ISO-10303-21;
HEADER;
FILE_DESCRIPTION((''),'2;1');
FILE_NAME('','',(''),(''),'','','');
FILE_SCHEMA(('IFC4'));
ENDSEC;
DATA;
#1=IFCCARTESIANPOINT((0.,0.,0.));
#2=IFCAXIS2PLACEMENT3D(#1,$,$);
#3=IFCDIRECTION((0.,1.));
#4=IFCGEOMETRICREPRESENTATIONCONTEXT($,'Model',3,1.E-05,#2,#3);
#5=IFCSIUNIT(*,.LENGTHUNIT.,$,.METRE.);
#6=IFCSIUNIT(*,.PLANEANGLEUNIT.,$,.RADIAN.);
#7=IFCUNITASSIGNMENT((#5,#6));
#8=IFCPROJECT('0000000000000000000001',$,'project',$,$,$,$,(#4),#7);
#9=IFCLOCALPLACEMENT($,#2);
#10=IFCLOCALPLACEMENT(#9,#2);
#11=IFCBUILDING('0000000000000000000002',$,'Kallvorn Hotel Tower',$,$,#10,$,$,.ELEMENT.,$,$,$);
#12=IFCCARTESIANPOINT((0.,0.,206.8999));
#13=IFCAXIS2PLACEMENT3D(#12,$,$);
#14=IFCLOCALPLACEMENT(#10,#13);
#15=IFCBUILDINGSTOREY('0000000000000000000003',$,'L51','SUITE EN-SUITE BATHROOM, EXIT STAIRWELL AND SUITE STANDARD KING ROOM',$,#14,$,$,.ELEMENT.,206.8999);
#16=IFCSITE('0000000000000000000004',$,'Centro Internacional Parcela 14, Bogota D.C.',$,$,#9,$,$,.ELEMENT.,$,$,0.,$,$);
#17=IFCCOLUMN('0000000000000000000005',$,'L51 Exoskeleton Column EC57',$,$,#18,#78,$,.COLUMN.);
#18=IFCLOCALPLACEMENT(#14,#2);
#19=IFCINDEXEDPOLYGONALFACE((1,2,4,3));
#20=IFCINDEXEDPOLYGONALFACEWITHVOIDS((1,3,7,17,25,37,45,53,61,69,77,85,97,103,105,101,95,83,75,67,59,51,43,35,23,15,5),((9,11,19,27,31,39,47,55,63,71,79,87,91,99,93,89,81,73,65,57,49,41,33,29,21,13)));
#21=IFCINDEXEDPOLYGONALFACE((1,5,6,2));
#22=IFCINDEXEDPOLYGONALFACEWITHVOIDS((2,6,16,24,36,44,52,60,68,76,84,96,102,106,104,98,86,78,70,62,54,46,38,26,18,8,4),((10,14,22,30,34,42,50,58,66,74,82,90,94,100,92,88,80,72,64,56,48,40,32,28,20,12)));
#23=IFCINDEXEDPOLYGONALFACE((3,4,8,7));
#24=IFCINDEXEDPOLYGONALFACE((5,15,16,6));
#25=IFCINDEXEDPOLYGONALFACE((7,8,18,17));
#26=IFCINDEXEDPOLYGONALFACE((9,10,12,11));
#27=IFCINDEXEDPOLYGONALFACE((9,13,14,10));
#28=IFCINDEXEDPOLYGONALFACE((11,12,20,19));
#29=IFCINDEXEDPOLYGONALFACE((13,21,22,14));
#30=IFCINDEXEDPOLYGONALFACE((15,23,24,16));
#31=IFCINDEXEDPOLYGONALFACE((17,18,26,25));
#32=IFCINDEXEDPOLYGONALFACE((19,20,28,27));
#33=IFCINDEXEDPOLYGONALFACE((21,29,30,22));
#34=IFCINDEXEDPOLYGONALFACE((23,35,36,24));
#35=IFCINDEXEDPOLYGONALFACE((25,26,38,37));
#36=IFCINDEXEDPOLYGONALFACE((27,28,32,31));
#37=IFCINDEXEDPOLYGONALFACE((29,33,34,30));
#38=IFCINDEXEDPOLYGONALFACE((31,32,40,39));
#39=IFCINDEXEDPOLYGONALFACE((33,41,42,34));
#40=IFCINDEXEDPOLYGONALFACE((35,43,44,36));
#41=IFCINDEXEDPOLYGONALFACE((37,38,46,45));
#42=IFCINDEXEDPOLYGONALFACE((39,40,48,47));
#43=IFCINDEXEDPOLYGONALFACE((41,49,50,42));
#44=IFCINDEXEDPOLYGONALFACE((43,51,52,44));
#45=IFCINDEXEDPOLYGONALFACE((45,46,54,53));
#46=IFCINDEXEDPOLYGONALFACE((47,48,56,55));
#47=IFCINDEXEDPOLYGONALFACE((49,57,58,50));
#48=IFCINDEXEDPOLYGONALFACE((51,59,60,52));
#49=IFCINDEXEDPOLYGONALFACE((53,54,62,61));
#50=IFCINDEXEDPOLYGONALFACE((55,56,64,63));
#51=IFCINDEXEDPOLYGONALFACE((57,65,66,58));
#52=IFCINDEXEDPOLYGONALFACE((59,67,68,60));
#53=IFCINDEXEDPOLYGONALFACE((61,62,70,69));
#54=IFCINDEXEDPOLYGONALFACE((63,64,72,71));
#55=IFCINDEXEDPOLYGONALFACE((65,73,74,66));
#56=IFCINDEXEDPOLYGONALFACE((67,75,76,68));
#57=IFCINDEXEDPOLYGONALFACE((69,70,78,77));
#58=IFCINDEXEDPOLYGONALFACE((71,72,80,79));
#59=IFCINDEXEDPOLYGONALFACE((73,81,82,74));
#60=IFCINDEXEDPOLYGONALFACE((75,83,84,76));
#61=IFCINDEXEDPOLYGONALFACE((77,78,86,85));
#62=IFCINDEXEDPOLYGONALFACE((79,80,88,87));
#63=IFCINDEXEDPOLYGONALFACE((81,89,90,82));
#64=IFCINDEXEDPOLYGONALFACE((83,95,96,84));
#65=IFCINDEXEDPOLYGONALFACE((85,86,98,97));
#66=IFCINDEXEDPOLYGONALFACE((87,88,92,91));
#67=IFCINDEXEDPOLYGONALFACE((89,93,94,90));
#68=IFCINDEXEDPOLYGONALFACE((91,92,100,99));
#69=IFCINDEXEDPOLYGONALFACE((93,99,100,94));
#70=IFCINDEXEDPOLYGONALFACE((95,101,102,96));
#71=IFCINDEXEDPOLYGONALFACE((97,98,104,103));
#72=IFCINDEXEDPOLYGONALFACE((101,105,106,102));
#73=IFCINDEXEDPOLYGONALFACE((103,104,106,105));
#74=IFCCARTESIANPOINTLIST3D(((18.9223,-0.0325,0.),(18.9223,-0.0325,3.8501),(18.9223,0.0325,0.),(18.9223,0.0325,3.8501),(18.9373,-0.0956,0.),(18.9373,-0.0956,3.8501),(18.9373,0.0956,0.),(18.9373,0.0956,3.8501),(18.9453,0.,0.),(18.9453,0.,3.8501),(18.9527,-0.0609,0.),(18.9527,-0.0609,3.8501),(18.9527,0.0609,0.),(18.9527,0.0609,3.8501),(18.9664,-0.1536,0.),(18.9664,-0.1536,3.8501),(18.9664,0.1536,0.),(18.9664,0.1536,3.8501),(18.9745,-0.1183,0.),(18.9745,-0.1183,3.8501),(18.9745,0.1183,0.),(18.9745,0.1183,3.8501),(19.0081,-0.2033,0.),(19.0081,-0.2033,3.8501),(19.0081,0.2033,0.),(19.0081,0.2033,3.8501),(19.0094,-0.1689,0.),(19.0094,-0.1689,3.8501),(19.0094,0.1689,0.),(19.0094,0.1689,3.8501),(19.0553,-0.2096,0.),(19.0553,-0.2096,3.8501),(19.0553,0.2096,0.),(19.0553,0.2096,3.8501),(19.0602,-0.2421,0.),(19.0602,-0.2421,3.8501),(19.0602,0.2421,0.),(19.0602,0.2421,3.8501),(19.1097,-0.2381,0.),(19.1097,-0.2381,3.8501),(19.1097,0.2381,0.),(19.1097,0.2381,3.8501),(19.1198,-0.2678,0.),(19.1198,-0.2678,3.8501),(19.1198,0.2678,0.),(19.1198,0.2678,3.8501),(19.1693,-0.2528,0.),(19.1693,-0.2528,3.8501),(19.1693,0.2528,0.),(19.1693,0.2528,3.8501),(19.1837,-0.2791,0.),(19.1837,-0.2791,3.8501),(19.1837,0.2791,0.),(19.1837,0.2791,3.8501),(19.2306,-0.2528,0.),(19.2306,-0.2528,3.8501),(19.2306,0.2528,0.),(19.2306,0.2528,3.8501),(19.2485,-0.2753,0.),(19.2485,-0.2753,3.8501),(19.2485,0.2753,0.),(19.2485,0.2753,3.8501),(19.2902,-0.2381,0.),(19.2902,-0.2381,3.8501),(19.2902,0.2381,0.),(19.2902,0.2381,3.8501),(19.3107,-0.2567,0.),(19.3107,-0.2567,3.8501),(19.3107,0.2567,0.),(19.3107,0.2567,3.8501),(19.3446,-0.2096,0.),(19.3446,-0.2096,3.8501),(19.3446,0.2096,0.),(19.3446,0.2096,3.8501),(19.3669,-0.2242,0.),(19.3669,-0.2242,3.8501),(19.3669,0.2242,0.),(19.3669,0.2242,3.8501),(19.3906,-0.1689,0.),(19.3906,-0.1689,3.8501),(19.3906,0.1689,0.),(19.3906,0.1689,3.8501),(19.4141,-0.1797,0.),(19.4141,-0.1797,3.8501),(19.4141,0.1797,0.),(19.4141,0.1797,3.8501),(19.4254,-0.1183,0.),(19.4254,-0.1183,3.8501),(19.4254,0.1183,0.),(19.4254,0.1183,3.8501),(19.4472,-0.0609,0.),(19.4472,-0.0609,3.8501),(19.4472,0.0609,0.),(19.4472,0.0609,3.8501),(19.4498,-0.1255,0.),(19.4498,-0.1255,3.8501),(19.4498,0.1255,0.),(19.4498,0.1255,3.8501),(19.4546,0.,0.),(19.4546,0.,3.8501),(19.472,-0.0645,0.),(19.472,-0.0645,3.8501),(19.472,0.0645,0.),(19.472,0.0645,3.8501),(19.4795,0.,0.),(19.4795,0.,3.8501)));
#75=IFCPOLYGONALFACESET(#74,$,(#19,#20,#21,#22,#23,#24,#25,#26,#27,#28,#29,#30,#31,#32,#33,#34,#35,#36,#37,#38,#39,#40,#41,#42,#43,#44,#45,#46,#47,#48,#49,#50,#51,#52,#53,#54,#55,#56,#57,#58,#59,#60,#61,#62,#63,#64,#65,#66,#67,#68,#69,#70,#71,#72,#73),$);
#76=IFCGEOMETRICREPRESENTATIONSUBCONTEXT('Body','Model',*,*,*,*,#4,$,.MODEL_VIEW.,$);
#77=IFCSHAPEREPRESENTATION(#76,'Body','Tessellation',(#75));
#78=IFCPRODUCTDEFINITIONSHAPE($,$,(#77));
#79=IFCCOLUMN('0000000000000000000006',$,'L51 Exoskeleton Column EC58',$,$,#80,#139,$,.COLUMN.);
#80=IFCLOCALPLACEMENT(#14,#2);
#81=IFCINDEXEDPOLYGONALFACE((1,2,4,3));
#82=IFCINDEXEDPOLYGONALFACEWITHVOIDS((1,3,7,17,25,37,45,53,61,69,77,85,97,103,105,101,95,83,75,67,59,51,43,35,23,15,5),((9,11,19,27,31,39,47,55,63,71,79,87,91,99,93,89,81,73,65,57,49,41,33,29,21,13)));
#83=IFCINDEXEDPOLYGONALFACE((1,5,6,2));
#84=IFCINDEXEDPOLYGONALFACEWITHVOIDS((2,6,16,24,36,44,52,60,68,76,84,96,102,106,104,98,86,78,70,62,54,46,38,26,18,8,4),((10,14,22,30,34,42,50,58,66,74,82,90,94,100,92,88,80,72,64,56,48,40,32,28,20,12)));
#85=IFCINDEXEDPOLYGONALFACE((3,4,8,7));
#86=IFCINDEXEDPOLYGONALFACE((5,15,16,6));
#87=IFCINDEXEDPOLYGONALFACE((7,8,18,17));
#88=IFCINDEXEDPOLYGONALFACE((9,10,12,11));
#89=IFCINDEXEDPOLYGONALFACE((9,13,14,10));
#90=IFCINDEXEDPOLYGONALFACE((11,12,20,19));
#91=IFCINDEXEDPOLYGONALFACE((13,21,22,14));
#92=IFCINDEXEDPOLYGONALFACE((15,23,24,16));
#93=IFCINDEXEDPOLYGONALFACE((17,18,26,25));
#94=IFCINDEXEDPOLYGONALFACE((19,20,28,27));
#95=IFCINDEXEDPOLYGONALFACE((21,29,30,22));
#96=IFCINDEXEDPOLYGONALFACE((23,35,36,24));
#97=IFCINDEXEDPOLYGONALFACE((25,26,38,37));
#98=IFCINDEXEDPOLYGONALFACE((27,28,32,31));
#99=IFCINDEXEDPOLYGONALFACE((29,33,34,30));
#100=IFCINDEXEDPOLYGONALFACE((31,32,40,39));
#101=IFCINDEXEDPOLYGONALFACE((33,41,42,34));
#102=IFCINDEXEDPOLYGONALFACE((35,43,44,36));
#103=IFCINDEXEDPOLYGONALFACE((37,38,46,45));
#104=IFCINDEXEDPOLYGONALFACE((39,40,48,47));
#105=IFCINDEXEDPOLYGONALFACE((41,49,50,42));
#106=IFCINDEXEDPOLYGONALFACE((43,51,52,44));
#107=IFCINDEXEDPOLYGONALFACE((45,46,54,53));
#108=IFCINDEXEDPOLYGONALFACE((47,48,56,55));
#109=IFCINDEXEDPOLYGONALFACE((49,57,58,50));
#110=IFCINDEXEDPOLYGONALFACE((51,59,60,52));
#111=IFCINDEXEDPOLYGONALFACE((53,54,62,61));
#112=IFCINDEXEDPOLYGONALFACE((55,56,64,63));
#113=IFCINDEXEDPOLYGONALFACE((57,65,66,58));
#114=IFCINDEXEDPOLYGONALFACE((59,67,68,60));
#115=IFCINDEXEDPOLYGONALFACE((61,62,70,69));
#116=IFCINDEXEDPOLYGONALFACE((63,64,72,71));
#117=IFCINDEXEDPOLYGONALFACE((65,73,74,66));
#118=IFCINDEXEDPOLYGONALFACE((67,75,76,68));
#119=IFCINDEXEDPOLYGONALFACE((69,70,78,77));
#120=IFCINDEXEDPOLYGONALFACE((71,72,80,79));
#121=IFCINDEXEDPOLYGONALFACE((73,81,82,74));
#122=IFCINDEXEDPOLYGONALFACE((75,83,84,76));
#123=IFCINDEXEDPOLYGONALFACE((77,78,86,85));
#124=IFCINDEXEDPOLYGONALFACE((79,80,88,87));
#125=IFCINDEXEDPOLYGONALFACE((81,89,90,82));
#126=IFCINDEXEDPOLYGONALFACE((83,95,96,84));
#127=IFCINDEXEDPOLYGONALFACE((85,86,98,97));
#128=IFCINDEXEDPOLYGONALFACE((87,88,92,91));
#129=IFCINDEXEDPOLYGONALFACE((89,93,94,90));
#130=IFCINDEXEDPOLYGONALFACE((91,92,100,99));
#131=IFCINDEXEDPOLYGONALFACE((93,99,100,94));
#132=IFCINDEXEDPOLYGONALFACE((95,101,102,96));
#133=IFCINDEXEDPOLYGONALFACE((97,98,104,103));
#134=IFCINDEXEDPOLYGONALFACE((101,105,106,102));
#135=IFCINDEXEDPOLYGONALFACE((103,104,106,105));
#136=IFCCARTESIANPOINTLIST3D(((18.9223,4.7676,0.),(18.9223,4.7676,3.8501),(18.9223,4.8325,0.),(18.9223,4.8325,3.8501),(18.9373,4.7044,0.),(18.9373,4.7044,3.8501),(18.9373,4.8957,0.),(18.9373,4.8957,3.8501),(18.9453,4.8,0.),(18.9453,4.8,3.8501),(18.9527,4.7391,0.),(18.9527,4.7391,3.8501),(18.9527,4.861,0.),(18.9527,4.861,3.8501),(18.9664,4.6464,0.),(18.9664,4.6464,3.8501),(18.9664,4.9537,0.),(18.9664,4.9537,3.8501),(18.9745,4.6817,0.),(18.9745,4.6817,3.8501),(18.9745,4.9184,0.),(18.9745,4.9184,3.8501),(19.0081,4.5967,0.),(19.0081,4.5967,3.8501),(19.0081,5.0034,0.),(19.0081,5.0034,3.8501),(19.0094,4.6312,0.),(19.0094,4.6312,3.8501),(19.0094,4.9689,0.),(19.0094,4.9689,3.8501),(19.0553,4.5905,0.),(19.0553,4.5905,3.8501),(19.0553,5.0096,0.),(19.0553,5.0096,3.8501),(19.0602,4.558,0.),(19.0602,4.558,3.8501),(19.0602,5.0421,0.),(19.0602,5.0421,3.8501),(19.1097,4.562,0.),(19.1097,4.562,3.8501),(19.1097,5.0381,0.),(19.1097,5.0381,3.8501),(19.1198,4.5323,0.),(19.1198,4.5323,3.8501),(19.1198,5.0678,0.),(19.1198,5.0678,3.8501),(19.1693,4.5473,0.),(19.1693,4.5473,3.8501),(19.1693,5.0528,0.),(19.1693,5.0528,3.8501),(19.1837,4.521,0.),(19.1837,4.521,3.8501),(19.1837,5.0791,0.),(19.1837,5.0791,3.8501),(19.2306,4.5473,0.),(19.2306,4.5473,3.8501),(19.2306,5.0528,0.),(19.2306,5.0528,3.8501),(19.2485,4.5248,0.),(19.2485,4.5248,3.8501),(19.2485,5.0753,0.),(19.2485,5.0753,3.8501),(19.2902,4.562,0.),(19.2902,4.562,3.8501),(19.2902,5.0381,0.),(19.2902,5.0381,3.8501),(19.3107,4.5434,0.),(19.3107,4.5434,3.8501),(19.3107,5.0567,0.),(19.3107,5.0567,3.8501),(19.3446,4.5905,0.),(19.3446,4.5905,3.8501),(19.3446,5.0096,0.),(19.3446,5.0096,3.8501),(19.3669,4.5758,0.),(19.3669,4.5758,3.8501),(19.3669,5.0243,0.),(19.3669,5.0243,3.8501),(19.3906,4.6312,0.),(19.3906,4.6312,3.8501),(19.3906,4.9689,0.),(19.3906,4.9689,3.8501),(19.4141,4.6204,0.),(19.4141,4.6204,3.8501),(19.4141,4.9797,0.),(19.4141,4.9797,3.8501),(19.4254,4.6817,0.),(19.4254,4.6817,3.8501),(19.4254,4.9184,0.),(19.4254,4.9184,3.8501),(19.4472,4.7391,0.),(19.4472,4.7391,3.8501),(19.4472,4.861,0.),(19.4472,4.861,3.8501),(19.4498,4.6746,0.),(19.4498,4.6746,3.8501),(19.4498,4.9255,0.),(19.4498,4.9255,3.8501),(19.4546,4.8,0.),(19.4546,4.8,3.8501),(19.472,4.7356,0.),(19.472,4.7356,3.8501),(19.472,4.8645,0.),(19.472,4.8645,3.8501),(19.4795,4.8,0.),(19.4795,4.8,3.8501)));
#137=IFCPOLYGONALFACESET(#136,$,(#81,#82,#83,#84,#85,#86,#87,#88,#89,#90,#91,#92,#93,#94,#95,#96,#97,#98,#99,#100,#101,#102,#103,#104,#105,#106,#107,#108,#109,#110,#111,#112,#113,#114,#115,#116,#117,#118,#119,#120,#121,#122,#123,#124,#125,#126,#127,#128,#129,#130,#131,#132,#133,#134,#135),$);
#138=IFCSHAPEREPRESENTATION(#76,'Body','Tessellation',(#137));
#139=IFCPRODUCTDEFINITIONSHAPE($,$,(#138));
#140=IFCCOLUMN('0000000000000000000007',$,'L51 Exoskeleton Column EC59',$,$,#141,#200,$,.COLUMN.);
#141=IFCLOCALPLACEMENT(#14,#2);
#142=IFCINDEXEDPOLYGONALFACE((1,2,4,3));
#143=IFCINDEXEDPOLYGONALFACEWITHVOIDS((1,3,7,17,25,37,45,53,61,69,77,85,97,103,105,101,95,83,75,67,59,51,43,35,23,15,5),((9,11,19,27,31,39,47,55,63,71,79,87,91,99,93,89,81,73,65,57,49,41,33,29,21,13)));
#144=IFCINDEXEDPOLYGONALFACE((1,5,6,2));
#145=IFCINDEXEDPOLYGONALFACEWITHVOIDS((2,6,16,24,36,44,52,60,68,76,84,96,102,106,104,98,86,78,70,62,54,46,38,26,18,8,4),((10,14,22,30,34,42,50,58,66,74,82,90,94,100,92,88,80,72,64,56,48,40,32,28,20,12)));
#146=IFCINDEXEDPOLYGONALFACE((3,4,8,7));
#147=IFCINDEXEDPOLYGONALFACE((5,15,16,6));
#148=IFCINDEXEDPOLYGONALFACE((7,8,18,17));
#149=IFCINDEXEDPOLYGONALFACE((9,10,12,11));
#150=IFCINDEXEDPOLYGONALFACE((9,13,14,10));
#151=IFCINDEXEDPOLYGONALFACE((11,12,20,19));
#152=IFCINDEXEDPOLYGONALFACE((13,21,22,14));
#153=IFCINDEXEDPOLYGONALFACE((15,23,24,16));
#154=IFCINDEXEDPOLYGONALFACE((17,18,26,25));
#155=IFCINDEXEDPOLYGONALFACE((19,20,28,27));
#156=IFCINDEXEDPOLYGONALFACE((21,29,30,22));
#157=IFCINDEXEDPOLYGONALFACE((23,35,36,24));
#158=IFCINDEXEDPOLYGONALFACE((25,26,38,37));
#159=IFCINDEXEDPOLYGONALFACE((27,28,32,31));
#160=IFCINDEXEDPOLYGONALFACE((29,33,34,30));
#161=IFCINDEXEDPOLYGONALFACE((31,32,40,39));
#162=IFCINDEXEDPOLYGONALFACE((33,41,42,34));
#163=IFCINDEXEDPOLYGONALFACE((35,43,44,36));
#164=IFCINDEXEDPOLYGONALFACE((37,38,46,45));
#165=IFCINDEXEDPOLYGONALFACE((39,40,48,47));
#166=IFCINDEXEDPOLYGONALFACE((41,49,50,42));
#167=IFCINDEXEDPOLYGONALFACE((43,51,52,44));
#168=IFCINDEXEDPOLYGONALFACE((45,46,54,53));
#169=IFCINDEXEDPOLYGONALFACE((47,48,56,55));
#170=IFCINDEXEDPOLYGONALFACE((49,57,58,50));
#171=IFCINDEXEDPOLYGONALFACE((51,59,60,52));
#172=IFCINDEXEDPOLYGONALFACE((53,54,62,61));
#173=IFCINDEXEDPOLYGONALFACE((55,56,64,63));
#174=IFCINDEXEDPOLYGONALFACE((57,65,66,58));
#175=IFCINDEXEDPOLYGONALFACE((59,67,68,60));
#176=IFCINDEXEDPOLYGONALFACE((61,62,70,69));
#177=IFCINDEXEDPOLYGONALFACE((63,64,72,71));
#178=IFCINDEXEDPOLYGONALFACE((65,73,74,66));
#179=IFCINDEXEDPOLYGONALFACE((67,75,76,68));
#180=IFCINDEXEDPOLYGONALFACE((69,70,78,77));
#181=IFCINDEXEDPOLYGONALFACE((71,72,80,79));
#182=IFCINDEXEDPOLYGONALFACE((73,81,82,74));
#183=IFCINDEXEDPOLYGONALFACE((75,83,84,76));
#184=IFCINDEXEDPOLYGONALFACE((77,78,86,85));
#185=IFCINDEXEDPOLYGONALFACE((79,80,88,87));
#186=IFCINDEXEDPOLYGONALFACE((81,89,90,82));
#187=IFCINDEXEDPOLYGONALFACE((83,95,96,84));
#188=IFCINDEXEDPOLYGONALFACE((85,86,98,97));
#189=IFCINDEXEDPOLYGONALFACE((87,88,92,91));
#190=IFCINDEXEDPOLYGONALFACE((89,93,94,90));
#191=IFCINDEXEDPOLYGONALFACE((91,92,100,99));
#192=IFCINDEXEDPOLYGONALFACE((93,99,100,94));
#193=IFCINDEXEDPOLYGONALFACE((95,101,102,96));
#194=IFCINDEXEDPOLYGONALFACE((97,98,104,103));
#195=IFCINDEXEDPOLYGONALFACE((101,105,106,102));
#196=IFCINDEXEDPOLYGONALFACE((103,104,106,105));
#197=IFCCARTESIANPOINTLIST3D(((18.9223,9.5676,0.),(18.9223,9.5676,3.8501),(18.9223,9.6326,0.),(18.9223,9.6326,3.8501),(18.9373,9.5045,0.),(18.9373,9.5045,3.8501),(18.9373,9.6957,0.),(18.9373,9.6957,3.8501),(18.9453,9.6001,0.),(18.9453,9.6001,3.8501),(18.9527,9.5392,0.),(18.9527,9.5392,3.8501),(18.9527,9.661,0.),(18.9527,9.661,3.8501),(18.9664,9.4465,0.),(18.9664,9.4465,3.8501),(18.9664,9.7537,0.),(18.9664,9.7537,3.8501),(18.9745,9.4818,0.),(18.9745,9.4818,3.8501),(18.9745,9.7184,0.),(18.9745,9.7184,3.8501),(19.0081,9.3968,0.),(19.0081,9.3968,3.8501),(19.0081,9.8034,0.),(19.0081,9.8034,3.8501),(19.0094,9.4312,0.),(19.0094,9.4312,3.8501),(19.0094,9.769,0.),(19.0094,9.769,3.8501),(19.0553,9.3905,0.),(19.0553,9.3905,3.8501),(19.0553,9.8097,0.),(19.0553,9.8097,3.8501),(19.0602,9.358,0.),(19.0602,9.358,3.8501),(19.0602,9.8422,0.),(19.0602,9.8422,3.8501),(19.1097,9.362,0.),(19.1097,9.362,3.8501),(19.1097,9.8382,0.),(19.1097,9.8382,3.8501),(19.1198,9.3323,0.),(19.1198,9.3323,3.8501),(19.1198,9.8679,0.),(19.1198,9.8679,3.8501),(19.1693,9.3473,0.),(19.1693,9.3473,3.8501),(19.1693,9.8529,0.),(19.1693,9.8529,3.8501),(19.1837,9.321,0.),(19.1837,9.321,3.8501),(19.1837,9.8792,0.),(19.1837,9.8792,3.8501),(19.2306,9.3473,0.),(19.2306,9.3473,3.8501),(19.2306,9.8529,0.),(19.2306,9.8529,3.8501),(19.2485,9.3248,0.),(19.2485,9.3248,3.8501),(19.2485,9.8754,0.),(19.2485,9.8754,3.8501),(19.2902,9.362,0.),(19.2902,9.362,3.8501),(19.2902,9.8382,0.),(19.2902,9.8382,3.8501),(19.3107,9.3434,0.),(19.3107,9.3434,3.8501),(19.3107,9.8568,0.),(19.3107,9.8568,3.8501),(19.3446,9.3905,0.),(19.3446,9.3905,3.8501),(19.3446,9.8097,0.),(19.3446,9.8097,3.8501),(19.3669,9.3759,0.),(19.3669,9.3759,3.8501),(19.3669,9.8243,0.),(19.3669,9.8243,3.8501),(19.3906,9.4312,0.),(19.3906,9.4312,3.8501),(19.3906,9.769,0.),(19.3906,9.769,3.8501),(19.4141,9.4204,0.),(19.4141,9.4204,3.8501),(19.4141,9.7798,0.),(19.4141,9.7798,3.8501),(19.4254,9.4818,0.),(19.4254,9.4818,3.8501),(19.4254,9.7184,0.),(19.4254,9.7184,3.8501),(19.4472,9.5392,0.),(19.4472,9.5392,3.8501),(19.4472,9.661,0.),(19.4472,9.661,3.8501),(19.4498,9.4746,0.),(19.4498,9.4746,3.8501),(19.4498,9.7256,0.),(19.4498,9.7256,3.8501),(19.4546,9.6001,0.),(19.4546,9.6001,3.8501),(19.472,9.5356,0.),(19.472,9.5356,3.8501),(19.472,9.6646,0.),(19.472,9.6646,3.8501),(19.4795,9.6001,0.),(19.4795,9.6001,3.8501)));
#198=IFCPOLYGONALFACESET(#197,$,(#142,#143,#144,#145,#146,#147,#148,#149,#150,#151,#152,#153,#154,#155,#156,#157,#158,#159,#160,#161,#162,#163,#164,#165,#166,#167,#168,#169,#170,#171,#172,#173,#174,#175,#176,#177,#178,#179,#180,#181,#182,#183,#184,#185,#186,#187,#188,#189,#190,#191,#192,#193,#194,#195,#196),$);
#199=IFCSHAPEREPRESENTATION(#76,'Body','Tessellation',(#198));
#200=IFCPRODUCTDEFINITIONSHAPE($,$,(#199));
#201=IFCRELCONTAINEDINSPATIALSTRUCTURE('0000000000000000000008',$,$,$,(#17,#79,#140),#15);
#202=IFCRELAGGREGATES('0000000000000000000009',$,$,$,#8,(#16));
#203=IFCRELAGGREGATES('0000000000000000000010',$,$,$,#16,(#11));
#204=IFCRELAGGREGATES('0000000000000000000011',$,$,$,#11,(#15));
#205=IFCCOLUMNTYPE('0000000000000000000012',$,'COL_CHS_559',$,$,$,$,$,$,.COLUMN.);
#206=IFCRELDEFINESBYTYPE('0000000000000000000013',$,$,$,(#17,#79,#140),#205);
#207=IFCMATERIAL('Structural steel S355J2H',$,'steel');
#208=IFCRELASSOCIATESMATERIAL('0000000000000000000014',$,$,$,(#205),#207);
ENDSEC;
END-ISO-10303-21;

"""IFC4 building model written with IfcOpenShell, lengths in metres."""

from ifc_helpers import new_model, si_unit, direction, frame, origin, origin_2d, place, context, subcontext, project, spatial, hollow_circle, extrude, material, material_profile, profile_set, type_object, element, save


model = new_model("IFC4")

# Units and contexts
model_context = context("Model", 3, precision=1e-05, world=origin(), true_north=direction((0.0, 1.0)))
body_context = subcontext(model_context, "Body", "Model", "MODEL_VIEW")
ifc_project = project(units=[si_unit("LENGTHUNIT", "METRE"), si_unit("PLANEANGLEUNIT", "RADIAN")], contexts=[model_context])

# Site, building, storey
site_placement = place(None, origin())
site = spatial("IfcSite", under=ifc_project, at=site_placement, Name="Centro Internacional Parcela 14, Bogota D.C.", CompositionType="ELEMENT", RefElevation=0.0)
building_placement = place(site_placement, origin())
building = spatial("IfcBuilding", under=site, at=building_placement, Name="Kallvorn Hotel Tower", CompositionType="ELEMENT")
storey_placement = place(building_placement, frame((0.0, 0.0, 206.8999)))
storey = spatial("IfcBuildingStorey", under=building, at=storey_placement, Name="L51", Description="SUITE EN-SUITE BATHROOM, EXIT STAIRWELL AND SUITE STANDARD KING ROOM", CompositionType="ELEMENT", Elevation=206.8999)

# Columns
ifc_material_1 = material(Name="Structural steel S355J2H", Category="steel")
ifc_material_profile_1 = material_profile(ifc_material_1, hollow_circle(Radius=0.2795, WallThickness=0.0249, at=origin_2d()), Name="CHS 559x25")
ifc_profile_set_1 = profile_set([ifc_material_profile_1], Name="Structural steel S355J2H")
column_type_1 = type_object("IfcColumnType", Name="COL_CHS_559", PredefinedType="COLUMN", material=ifc_profile_set_1)
for number, where, z_axis, x_axis, name in (
    (1, (19.2, 0.0, 0.0), (0.0, 0.0, 1.0), (1.0, 0.0, 0.0), "L51 Exoskeleton Column EC57"),
    (2, (19.2, 4.8, 0.0), (0.0, 0.0, 1.0), (1.0, 0.0, 0.0), "L51 Exoskeleton Column EC58"),
    (3, (19.2, 9.6001, 0.0), (0.0, 0.0, 1.0), (1.0, 0.0, 0.0), "L51 Exoskeleton Column EC59"),
):
    element("IfcColumn", number, at=place(storey_placement, frame(where, z_axis=z_axis, x_axis=x_axis)), inside=storey, type_object=column_type_1, Name=name, PredefinedType="COLUMN", context=body_context, shape_type="SweptSolid", body=[
        extrude(hollow_circle(Radius=0.2795, WallThickness=0.0249, at=origin_2d()), origin(), (0.0, 0.0, 1.0), 3.8501),
    ])

save(model, "model.ifc")
